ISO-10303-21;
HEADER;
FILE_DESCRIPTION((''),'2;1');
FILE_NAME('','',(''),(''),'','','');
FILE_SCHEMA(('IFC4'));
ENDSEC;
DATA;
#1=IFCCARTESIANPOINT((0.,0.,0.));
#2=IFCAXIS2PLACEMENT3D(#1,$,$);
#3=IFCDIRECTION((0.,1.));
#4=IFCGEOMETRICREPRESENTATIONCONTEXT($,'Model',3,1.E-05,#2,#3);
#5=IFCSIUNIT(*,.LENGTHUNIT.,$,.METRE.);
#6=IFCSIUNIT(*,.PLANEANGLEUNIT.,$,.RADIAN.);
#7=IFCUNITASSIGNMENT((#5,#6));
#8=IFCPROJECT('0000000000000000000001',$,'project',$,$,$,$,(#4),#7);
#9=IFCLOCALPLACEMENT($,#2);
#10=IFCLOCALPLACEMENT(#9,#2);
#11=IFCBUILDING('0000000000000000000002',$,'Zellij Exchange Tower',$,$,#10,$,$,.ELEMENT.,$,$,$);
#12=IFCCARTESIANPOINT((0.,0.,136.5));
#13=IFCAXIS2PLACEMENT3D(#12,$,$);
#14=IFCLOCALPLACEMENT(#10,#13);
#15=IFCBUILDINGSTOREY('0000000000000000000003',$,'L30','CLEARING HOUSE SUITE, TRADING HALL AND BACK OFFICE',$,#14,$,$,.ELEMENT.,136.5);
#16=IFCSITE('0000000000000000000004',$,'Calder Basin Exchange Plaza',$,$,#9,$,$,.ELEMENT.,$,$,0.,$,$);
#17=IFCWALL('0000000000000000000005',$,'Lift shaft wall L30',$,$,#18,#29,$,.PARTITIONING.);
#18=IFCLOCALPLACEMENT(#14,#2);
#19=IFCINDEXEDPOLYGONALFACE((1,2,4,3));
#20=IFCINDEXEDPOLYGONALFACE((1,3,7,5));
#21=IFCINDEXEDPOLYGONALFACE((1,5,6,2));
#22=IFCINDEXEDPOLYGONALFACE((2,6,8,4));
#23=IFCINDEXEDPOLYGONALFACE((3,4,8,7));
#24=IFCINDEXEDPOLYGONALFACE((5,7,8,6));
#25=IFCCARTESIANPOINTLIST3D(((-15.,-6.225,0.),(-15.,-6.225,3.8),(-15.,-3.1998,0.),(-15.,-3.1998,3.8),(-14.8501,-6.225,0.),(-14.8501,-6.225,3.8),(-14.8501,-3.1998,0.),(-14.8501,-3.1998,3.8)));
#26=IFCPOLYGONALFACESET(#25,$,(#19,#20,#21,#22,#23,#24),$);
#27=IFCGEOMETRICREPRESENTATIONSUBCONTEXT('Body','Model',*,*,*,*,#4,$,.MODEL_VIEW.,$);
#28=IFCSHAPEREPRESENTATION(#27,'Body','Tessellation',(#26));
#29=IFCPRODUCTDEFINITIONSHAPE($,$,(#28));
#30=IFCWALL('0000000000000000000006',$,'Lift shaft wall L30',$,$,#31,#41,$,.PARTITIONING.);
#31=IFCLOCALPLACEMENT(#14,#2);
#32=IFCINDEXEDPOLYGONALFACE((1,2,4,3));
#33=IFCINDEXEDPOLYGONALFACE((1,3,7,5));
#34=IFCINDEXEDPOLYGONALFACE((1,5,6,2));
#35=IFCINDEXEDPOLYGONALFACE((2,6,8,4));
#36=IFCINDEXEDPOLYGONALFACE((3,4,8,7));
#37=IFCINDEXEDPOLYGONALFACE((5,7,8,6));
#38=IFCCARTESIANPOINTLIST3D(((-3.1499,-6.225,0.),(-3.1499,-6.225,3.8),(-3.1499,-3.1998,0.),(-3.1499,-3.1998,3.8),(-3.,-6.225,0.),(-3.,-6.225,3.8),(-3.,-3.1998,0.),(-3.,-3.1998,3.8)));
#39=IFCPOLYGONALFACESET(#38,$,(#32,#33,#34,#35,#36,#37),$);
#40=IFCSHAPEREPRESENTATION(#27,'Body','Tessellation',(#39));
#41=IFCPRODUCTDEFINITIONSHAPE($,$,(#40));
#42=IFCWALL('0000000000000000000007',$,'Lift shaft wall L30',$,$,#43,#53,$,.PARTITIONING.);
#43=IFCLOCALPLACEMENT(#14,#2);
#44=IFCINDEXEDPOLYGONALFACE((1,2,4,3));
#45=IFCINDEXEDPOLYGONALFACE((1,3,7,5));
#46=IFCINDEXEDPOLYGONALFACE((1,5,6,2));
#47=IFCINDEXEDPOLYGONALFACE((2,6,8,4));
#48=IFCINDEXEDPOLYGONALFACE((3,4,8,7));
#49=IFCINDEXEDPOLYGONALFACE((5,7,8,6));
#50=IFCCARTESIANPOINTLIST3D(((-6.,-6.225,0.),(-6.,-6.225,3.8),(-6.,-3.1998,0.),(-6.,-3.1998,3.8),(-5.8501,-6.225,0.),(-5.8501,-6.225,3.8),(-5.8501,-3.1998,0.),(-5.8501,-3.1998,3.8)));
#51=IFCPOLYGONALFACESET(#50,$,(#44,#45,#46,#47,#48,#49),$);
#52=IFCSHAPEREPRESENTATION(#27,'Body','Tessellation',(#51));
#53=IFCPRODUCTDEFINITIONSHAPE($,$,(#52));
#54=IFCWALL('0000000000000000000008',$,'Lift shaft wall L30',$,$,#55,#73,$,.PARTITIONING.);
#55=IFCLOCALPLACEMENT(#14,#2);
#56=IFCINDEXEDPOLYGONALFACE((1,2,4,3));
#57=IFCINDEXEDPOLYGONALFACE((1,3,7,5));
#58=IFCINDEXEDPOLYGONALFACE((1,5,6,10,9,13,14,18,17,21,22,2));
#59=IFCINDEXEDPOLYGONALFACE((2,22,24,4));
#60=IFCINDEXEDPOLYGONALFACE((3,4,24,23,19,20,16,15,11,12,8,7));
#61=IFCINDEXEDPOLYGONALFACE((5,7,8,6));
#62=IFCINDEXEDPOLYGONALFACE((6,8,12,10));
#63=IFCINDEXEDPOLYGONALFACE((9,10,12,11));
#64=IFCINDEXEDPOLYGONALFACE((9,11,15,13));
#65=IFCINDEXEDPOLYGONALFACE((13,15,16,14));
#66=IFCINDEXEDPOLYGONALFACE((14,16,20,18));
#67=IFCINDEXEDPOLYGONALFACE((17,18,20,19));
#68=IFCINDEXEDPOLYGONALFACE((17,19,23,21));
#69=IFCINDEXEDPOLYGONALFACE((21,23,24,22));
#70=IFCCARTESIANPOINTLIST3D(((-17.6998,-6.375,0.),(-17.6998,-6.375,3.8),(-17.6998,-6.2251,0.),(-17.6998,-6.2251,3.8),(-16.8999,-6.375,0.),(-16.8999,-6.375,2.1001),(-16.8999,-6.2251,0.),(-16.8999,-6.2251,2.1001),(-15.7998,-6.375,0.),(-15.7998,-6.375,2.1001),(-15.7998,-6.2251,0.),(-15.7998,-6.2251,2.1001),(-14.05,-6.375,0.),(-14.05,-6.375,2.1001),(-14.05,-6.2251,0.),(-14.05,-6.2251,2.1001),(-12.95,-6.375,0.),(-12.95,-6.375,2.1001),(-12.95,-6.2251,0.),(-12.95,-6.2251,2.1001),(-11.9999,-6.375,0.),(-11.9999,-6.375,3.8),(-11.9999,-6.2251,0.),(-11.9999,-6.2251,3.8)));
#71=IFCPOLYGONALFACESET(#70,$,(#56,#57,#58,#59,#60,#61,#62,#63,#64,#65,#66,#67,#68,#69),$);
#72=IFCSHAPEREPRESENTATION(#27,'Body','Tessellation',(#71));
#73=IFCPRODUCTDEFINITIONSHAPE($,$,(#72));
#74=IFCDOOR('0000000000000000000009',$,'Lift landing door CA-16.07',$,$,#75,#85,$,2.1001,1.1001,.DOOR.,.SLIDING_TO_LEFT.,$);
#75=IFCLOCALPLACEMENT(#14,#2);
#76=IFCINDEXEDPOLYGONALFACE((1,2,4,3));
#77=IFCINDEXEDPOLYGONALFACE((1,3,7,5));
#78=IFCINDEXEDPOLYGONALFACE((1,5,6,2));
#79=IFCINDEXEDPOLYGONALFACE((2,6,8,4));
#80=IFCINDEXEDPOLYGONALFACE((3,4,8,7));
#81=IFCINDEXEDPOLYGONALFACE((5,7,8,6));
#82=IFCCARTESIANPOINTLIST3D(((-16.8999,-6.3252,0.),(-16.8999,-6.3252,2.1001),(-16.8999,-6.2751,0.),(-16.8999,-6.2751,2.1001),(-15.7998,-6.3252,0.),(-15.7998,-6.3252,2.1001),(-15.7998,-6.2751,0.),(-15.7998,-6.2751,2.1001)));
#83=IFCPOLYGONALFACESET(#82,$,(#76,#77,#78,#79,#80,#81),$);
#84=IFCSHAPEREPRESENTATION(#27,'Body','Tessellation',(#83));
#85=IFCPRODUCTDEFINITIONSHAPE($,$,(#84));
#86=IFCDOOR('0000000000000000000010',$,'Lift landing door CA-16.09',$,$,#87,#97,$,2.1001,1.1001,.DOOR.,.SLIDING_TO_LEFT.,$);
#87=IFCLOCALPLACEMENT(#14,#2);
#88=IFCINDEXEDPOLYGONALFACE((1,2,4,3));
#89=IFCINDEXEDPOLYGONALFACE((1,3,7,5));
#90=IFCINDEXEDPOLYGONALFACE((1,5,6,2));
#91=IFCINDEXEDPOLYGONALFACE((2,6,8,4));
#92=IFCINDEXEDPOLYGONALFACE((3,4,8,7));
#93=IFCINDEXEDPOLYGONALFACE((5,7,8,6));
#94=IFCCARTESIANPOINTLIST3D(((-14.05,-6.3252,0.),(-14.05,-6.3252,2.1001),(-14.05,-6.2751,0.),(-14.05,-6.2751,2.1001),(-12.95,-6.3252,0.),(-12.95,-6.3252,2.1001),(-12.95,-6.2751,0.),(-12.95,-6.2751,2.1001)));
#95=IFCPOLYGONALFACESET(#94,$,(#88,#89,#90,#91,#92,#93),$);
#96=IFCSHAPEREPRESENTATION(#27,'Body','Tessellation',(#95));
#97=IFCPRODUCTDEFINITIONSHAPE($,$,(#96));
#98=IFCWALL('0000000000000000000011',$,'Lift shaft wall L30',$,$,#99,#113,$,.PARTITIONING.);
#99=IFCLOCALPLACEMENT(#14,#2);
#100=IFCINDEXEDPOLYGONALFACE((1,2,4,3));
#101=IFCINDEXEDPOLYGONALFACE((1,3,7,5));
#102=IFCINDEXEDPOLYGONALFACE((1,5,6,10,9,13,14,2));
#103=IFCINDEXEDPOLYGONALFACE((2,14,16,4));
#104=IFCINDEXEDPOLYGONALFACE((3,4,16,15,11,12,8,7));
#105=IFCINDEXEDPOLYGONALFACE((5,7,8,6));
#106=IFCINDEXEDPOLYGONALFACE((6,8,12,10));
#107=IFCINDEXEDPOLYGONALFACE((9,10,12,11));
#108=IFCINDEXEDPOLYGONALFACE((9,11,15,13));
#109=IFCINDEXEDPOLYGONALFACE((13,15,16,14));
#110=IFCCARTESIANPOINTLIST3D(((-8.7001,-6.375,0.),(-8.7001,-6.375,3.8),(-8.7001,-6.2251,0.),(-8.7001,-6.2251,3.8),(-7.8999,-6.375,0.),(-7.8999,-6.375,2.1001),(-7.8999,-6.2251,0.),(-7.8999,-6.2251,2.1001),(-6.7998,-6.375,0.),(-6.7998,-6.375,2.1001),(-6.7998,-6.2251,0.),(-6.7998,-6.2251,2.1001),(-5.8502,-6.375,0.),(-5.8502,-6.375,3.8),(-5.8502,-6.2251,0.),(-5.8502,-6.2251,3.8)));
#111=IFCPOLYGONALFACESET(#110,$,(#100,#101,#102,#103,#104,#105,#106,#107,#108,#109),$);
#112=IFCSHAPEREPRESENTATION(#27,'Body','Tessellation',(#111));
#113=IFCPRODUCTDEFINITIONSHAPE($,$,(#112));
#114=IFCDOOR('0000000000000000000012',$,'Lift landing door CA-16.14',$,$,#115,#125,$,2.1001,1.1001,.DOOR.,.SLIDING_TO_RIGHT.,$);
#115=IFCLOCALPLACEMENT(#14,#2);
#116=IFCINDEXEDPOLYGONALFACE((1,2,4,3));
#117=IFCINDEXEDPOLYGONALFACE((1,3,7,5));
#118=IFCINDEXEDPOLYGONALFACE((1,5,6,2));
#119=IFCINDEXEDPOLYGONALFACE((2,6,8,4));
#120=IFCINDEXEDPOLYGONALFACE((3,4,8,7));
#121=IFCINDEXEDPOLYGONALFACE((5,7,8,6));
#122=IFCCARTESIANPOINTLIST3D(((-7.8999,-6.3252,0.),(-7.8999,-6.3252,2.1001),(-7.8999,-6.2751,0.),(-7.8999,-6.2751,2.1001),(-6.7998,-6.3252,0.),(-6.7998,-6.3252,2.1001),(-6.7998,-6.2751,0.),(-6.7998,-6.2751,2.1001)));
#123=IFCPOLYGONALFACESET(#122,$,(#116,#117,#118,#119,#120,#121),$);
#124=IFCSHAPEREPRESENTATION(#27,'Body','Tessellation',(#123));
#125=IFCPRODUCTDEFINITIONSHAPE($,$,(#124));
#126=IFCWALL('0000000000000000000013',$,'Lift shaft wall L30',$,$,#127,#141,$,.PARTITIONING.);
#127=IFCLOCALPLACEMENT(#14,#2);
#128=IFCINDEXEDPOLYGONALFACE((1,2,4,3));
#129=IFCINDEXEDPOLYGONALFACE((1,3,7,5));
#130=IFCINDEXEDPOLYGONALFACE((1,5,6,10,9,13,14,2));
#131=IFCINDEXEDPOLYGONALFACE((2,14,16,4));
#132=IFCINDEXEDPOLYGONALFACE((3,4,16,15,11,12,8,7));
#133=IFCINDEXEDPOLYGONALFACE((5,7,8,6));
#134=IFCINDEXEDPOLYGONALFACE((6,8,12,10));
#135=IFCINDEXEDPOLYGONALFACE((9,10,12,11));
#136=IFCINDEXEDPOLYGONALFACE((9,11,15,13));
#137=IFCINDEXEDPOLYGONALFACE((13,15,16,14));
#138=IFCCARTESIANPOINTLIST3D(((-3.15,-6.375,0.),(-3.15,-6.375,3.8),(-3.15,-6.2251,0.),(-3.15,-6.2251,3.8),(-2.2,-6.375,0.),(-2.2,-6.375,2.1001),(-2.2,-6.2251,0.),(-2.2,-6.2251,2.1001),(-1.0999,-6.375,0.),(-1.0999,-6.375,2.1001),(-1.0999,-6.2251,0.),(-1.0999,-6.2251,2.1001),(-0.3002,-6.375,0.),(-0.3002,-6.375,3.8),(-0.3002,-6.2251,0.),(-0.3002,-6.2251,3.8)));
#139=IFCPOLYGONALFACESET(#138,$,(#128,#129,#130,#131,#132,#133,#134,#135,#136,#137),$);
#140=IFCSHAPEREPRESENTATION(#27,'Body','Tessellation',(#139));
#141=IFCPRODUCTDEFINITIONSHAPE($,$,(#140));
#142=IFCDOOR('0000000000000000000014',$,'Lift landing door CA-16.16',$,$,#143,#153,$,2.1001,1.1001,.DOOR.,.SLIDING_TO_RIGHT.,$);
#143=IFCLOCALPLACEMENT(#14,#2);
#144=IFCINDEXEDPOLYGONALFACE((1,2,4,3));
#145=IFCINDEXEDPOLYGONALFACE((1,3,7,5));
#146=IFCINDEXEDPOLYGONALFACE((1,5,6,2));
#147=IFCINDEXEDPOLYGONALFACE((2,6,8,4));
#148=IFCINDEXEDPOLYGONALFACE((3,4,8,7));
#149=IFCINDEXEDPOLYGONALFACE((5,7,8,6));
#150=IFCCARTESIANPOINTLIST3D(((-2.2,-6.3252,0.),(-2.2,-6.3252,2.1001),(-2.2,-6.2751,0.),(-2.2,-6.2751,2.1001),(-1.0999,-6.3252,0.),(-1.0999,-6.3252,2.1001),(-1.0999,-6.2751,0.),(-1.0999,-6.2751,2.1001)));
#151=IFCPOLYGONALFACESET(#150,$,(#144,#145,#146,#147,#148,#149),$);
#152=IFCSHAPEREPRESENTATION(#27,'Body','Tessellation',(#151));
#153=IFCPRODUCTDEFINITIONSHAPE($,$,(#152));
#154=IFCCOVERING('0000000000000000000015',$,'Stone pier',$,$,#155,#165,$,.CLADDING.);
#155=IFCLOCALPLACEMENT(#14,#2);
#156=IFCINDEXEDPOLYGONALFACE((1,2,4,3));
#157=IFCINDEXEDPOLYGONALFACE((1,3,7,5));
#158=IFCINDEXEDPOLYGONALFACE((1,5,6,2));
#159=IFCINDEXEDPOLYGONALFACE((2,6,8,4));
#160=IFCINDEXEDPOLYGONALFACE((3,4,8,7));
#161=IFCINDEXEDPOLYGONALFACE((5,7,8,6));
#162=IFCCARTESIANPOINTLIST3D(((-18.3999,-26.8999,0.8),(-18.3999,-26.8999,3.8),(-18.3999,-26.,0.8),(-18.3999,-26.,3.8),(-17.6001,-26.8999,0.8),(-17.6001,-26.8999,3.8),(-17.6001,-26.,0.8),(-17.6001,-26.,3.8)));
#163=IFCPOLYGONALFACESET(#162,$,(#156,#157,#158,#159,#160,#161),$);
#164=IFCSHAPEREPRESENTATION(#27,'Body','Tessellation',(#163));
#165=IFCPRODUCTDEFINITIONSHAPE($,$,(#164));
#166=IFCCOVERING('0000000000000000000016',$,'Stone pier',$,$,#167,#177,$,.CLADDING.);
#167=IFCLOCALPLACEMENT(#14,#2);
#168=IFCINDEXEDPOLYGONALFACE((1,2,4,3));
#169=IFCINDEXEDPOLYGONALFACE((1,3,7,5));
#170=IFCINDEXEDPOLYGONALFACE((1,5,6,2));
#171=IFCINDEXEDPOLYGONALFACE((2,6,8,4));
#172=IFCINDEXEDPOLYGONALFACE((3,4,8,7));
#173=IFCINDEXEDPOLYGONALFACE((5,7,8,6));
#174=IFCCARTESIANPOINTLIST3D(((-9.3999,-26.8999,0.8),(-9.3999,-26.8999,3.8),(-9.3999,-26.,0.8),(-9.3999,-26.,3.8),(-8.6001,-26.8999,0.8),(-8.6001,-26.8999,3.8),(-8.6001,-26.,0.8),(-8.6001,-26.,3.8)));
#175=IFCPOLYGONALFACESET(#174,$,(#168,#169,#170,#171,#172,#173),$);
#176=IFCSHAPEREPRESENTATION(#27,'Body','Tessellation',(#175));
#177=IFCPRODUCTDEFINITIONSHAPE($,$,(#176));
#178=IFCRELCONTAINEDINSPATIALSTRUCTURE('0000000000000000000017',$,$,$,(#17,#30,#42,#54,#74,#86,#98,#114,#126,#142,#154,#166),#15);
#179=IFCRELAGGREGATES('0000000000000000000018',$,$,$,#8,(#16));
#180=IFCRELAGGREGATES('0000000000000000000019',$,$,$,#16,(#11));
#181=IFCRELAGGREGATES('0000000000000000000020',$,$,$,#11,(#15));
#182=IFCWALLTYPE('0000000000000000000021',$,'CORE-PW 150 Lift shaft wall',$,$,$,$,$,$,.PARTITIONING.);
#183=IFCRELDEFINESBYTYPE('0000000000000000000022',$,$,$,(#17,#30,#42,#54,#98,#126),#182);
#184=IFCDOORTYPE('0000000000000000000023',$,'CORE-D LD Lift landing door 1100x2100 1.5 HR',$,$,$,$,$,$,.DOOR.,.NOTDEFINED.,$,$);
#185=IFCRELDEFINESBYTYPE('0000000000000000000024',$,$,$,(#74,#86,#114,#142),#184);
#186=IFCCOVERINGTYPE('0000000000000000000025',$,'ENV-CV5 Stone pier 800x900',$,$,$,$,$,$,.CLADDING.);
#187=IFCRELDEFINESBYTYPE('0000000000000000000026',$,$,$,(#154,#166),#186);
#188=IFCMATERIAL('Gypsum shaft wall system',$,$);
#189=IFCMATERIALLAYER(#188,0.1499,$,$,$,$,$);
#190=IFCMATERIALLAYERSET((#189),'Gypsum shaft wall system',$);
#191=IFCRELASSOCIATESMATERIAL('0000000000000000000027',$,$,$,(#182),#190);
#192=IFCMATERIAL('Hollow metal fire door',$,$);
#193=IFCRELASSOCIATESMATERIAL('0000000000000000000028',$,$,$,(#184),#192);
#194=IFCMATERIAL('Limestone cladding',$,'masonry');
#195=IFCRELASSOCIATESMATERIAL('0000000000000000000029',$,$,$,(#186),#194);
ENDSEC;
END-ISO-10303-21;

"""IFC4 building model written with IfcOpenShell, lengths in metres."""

from ifc_helpers import new_model, si_unit, direction, frame, frame_2d, origin, place, context, subcontext, project, spatial, polyline, rectangle, outline, extrude, material, layer, layer_set, type_object, element, fill, save


model = new_model("IFC4")

# Units and contexts
model_context = context("Model", 3, precision=1e-05, world=origin(), true_north=direction((0.0, 1.0)))
body_context = subcontext(model_context, "Body", "Model", "MODEL_VIEW")
ifc_project = project(units=[si_unit("LENGTHUNIT", "METRE"), si_unit("PLANEANGLEUNIT", "RADIAN")], contexts=[model_context])

# Site, building, storey
site_placement = place(None, origin())
site = spatial("IfcSite", under=ifc_project, at=site_placement, Name="Calder Basin Exchange Plaza", CompositionType="ELEMENT", RefElevation=0.0)
building_placement = place(site_placement, origin())
building = spatial("IfcBuilding", under=site, at=building_placement, Name="Zellij Exchange Tower", CompositionType="ELEMENT")
storey_placement = place(building_placement, frame((0.0, 0.0, 136.5)))
storey = spatial("IfcBuildingStorey", under=building, at=storey_placement, Name="L30", Description="CLEARING HOUSE SUITE, TRADING HALL AND BACK OFFICE", CompositionType="ELEMENT", Elevation=136.5)

# Walls
ifc_material_1 = material(Name="Gypsum shaft wall system")
ifc_layer_1 = layer(ifc_material_1, 0.1499)
ifc_layer_set_1 = layer_set([ifc_layer_1], Name="Gypsum shaft wall system")
wall_type_1 = type_object("IfcWallType", Name="CORE-PW 150 Lift shaft wall", PredefinedType="PARTITIONING", material=ifc_layer_set_1)
for number, where, z_axis, x_axis, name in (
    (1, (-14.925, -6.2251, 0.0), (0.0, 0.0, 1.0), (0.0, 1.0, 0.0), "Lift shaft wall L30"),
    (2, (-3.075, -6.2251, 0.0), (0.0, 0.0, 1.0), (0.0, 1.0, 0.0), "Lift shaft wall L30"),
    (3, (-5.925, -6.2251, 0.0), (0.0, 0.0, 1.0), (0.0, 1.0, 0.0), "Lift shaft wall L30"),
):
    element("IfcWall", number, at=place(storey_placement, frame(where, z_axis=z_axis, x_axis=x_axis)), inside=storey, type_object=wall_type_1, Name=name, PredefinedType="PARTITIONING", context=body_context, shape_type="SweptSolid", body=[
        extrude(rectangle(XDim=3.0251, YDim=0.1499, at=frame_2d((1.5127, 0.0))), origin(), (0.0, 0.0, 1.0), 3.8),
    ])

# Wall, openings, doors
wall_1_placement = place(storey_placement, frame((-17.7, -6.3, 0.0), z_axis=(0.0, 0.0, 1.0), x_axis=(1.0, 0.0, 0.0)))
wall_1 = element("IfcWall", 4, at=wall_1_placement, inside=storey, type_object=wall_type_1, Name="Lift shaft wall L30", PredefinedType="PARTITIONING", context=body_context, shape_type="SweptSolid", body=[
    extrude(rectangle(XDim=5.7, YDim=0.1499, at=frame_2d((2.8501, 0.0))), origin(), (0.0, 0.0, 1.0), 3.8),
])
opening_1_placement = place(wall_1_placement, frame((0.8, 0.0, 0.0)))
opening_1 = element("IfcOpeningElement", 5, at=opening_1_placement, cuts=wall_1, PredefinedType="OPENING", context=body_context, shape_type="SweptSolid", body=[
    extrude(rectangle(XDim=1.1001, YDim=2.1001, at=frame_2d((0.55, 1.05))), frame((0.0, 0.0869, 0.0), z_axis=(0.0, -1.0, 0.0), x_axis=(1.0, 0.0, 0.0)), (0.0, 0.0, 1.0), 0.1738),
])
opening_2_placement = place(wall_1_placement, frame((3.6499, 0.0, 0.0)))
opening_2 = element("IfcOpeningElement", 6, at=opening_2_placement, cuts=wall_1, PredefinedType="OPENING", context=body_context, shape_type="SweptSolid", body=[
    extrude(rectangle(XDim=1.1001, YDim=2.1001, at=frame_2d((0.55, 1.05))), frame((0.0, 0.0869, 0.0), z_axis=(0.0, -1.0, 0.0), x_axis=(1.0, 0.0, 0.0)), (0.0, 0.0, 1.0), 0.1738),
])
ifc_material_2 = material(Name="Hollow metal fire door")
door_type = type_object("IfcDoorType", Name="CORE-D LD Lift landing door 1100x2100 1.5 HR", OperationType="NOTDEFINED", PredefinedType="DOOR", material=ifc_material_2)
door_1_placement = place(opening_1_placement, origin())
door_1 = element("IfcDoor", 7, at=door_1_placement, inside=storey, type_object=door_type, Name="Lift landing door CA-16.07", OperationType="SLIDING_TO_LEFT", OverallHeight=2.1001, OverallWidth=1.1001, PredefinedType="DOOR", context=body_context, shape_type="SweptSolid", body=[
    extrude(rectangle(XDim=1.1001, YDim=2.1001, at=frame_2d((0.55, 1.05))), frame((0.0, 0.0249, 0.0), z_axis=(0.0, -1.0, 0.0), x_axis=(1.0, 0.0, 0.0)), (0.0, 0.0, 1.0), 0.05),
])
fill(opening_1, door_1)
door_2_placement = place(opening_2_placement, origin())
door_2 = element("IfcDoor", 8, at=door_2_placement, inside=storey, type_object=door_type, Name="Lift landing door CA-16.09", OperationType="SLIDING_TO_LEFT", OverallHeight=2.1001, OverallWidth=1.1001, PredefinedType="DOOR", context=body_context, shape_type="SweptSolid", body=[
    extrude(rectangle(XDim=1.1001, YDim=2.1001, at=frame_2d((0.55, 1.05))), frame((0.0, 0.0249, 0.0), z_axis=(0.0, -1.0, 0.0), x_axis=(1.0, 0.0, 0.0)), (0.0, 0.0, 1.0), 0.05),
])
fill(opening_2, door_2)

# Walls, openings, doors
wall_2_placement = place(storey_placement, frame((-8.7, -6.3, 0.0), z_axis=(0.0, 0.0, 1.0), x_axis=(1.0, 0.0, 0.0)))
wall_2 = element("IfcWall", 9, at=wall_2_placement, inside=storey, type_object=wall_type_1, Name="Lift shaft wall L30", PredefinedType="PARTITIONING", context=body_context, shape_type="SweptSolid", body=[
    extrude(rectangle(XDim=2.8499, YDim=0.1499, at=frame_2d((1.4248, 0.0))), origin(), (0.0, 0.0, 1.0), 3.8),
])
opening_3_placement = place(wall_2_placement, frame((0.8, 0.0, 0.0)))
opening_3 = element("IfcOpeningElement", 10, at=opening_3_placement, cuts=wall_2, PredefinedType="OPENING", context=body_context, shape_type="SweptSolid", body=[
    extrude(rectangle(XDim=1.1001, YDim=2.1001, at=frame_2d((0.55, 1.05))), frame((0.0, 0.0869, 0.0), z_axis=(0.0, -1.0, 0.0), x_axis=(1.0, 0.0, 0.0)), (0.0, 0.0, 1.0), 0.1738),
])
door_3_placement = place(opening_3_placement, origin())
door_3 = element("IfcDoor", 11, at=door_3_placement, inside=storey, type_object=door_type, Name="Lift landing door CA-16.14", OperationType="SLIDING_TO_RIGHT", OverallHeight=2.1001, OverallWidth=1.1001, PredefinedType="DOOR", context=body_context, shape_type="SweptSolid", body=[
    extrude(rectangle(XDim=1.1001, YDim=2.1001, at=frame_2d((0.55, 1.05))), frame((0.0, 0.0249, 0.0), z_axis=(0.0, -1.0, 0.0), x_axis=(1.0, 0.0, 0.0)), (0.0, 0.0, 1.0), 0.05),
])
fill(opening_3, door_3)
wall_3_placement = place(storey_placement, frame((-3.1499, -6.3, 0.0), z_axis=(0.0, 0.0, 1.0), x_axis=(1.0, 0.0, 0.0)))
wall_3 = element("IfcWall", 12, at=wall_3_placement, inside=storey, type_object=wall_type_1, Name="Lift shaft wall L30", PredefinedType="PARTITIONING", context=body_context, shape_type="SweptSolid", body=[
    extrude(rectangle(XDim=2.8499, YDim=0.1499, at=frame_2d((1.4248, 0.0))), origin(), (0.0, 0.0, 1.0), 3.8),
])
opening_4_placement = place(wall_3_placement, frame((0.95, 0.0, 0.0)))
opening_4 = element("IfcOpeningElement", 13, at=opening_4_placement, cuts=wall_3, PredefinedType="OPENING", context=body_context, shape_type="SweptSolid", body=[
    extrude(rectangle(XDim=1.1001, YDim=2.1001, at=frame_2d((0.55, 1.05))), frame((0.0, 0.0869, 0.0), z_axis=(0.0, -1.0, 0.0), x_axis=(1.0, 0.0, 0.0)), (0.0, 0.0, 1.0), 0.1738),
])
door_4_placement = place(opening_4_placement, origin())
door_4 = element("IfcDoor", 14, at=door_4_placement, inside=storey, type_object=door_type, Name="Lift landing door CA-16.16", OperationType="SLIDING_TO_RIGHT", OverallHeight=2.1001, OverallWidth=1.1001, PredefinedType="DOOR", context=body_context, shape_type="SweptSolid", body=[
    extrude(rectangle(XDim=1.1001, YDim=2.1001, at=frame_2d((0.55, 1.05))), frame((0.0, 0.0249, 0.0), z_axis=(0.0, -1.0, 0.0), x_axis=(1.0, 0.0, 0.0)), (0.0, 0.0, 1.0), 0.05),
])
fill(opening_4, door_4)

# Coverings
ifc_material_3 = material(Name="Limestone cladding", Category="masonry")
covering_type_1 = type_object("IfcCoveringType", Name="ENV-CV5 Stone pier 800x900", PredefinedType="CLADDING", material=ifc_material_3)
covering_1_placement = place(storey_placement, frame((0.0, 0.0, 0.8)))
element("IfcCovering", 15, at=covering_1_placement, inside=storey, type_object=covering_type_1, Name="Stone pier", PredefinedType="CLADDING", context=body_context, shape_type="SweptSolid", body=[
    extrude(outline(polyline([(-18.3999, -26.0), (-17.6001, -26.0), (-17.6001, -26.8999), (-18.3999, -26.8999), (-18.3999, -26.0)])), origin(), (0.0, 0.0, 1.0), 3.0),
])
covering_2_placement = place(storey_placement, frame((0.0, 0.0, 0.8)))
element("IfcCovering", 16, at=covering_2_placement, inside=storey, type_object=covering_type_1, Name="Stone pier", PredefinedType="CLADDING", context=body_context, shape_type="SweptSolid", body=[
    extrude(outline(polyline([(-9.3999, -26.0), (-8.6001, -26.0), (-8.6001, -26.8999), (-9.3999, -26.8999), (-9.3999, -26.0)])), origin(), (0.0, 0.0, 1.0), 3.0),
])

save(model, "model.ifc")
